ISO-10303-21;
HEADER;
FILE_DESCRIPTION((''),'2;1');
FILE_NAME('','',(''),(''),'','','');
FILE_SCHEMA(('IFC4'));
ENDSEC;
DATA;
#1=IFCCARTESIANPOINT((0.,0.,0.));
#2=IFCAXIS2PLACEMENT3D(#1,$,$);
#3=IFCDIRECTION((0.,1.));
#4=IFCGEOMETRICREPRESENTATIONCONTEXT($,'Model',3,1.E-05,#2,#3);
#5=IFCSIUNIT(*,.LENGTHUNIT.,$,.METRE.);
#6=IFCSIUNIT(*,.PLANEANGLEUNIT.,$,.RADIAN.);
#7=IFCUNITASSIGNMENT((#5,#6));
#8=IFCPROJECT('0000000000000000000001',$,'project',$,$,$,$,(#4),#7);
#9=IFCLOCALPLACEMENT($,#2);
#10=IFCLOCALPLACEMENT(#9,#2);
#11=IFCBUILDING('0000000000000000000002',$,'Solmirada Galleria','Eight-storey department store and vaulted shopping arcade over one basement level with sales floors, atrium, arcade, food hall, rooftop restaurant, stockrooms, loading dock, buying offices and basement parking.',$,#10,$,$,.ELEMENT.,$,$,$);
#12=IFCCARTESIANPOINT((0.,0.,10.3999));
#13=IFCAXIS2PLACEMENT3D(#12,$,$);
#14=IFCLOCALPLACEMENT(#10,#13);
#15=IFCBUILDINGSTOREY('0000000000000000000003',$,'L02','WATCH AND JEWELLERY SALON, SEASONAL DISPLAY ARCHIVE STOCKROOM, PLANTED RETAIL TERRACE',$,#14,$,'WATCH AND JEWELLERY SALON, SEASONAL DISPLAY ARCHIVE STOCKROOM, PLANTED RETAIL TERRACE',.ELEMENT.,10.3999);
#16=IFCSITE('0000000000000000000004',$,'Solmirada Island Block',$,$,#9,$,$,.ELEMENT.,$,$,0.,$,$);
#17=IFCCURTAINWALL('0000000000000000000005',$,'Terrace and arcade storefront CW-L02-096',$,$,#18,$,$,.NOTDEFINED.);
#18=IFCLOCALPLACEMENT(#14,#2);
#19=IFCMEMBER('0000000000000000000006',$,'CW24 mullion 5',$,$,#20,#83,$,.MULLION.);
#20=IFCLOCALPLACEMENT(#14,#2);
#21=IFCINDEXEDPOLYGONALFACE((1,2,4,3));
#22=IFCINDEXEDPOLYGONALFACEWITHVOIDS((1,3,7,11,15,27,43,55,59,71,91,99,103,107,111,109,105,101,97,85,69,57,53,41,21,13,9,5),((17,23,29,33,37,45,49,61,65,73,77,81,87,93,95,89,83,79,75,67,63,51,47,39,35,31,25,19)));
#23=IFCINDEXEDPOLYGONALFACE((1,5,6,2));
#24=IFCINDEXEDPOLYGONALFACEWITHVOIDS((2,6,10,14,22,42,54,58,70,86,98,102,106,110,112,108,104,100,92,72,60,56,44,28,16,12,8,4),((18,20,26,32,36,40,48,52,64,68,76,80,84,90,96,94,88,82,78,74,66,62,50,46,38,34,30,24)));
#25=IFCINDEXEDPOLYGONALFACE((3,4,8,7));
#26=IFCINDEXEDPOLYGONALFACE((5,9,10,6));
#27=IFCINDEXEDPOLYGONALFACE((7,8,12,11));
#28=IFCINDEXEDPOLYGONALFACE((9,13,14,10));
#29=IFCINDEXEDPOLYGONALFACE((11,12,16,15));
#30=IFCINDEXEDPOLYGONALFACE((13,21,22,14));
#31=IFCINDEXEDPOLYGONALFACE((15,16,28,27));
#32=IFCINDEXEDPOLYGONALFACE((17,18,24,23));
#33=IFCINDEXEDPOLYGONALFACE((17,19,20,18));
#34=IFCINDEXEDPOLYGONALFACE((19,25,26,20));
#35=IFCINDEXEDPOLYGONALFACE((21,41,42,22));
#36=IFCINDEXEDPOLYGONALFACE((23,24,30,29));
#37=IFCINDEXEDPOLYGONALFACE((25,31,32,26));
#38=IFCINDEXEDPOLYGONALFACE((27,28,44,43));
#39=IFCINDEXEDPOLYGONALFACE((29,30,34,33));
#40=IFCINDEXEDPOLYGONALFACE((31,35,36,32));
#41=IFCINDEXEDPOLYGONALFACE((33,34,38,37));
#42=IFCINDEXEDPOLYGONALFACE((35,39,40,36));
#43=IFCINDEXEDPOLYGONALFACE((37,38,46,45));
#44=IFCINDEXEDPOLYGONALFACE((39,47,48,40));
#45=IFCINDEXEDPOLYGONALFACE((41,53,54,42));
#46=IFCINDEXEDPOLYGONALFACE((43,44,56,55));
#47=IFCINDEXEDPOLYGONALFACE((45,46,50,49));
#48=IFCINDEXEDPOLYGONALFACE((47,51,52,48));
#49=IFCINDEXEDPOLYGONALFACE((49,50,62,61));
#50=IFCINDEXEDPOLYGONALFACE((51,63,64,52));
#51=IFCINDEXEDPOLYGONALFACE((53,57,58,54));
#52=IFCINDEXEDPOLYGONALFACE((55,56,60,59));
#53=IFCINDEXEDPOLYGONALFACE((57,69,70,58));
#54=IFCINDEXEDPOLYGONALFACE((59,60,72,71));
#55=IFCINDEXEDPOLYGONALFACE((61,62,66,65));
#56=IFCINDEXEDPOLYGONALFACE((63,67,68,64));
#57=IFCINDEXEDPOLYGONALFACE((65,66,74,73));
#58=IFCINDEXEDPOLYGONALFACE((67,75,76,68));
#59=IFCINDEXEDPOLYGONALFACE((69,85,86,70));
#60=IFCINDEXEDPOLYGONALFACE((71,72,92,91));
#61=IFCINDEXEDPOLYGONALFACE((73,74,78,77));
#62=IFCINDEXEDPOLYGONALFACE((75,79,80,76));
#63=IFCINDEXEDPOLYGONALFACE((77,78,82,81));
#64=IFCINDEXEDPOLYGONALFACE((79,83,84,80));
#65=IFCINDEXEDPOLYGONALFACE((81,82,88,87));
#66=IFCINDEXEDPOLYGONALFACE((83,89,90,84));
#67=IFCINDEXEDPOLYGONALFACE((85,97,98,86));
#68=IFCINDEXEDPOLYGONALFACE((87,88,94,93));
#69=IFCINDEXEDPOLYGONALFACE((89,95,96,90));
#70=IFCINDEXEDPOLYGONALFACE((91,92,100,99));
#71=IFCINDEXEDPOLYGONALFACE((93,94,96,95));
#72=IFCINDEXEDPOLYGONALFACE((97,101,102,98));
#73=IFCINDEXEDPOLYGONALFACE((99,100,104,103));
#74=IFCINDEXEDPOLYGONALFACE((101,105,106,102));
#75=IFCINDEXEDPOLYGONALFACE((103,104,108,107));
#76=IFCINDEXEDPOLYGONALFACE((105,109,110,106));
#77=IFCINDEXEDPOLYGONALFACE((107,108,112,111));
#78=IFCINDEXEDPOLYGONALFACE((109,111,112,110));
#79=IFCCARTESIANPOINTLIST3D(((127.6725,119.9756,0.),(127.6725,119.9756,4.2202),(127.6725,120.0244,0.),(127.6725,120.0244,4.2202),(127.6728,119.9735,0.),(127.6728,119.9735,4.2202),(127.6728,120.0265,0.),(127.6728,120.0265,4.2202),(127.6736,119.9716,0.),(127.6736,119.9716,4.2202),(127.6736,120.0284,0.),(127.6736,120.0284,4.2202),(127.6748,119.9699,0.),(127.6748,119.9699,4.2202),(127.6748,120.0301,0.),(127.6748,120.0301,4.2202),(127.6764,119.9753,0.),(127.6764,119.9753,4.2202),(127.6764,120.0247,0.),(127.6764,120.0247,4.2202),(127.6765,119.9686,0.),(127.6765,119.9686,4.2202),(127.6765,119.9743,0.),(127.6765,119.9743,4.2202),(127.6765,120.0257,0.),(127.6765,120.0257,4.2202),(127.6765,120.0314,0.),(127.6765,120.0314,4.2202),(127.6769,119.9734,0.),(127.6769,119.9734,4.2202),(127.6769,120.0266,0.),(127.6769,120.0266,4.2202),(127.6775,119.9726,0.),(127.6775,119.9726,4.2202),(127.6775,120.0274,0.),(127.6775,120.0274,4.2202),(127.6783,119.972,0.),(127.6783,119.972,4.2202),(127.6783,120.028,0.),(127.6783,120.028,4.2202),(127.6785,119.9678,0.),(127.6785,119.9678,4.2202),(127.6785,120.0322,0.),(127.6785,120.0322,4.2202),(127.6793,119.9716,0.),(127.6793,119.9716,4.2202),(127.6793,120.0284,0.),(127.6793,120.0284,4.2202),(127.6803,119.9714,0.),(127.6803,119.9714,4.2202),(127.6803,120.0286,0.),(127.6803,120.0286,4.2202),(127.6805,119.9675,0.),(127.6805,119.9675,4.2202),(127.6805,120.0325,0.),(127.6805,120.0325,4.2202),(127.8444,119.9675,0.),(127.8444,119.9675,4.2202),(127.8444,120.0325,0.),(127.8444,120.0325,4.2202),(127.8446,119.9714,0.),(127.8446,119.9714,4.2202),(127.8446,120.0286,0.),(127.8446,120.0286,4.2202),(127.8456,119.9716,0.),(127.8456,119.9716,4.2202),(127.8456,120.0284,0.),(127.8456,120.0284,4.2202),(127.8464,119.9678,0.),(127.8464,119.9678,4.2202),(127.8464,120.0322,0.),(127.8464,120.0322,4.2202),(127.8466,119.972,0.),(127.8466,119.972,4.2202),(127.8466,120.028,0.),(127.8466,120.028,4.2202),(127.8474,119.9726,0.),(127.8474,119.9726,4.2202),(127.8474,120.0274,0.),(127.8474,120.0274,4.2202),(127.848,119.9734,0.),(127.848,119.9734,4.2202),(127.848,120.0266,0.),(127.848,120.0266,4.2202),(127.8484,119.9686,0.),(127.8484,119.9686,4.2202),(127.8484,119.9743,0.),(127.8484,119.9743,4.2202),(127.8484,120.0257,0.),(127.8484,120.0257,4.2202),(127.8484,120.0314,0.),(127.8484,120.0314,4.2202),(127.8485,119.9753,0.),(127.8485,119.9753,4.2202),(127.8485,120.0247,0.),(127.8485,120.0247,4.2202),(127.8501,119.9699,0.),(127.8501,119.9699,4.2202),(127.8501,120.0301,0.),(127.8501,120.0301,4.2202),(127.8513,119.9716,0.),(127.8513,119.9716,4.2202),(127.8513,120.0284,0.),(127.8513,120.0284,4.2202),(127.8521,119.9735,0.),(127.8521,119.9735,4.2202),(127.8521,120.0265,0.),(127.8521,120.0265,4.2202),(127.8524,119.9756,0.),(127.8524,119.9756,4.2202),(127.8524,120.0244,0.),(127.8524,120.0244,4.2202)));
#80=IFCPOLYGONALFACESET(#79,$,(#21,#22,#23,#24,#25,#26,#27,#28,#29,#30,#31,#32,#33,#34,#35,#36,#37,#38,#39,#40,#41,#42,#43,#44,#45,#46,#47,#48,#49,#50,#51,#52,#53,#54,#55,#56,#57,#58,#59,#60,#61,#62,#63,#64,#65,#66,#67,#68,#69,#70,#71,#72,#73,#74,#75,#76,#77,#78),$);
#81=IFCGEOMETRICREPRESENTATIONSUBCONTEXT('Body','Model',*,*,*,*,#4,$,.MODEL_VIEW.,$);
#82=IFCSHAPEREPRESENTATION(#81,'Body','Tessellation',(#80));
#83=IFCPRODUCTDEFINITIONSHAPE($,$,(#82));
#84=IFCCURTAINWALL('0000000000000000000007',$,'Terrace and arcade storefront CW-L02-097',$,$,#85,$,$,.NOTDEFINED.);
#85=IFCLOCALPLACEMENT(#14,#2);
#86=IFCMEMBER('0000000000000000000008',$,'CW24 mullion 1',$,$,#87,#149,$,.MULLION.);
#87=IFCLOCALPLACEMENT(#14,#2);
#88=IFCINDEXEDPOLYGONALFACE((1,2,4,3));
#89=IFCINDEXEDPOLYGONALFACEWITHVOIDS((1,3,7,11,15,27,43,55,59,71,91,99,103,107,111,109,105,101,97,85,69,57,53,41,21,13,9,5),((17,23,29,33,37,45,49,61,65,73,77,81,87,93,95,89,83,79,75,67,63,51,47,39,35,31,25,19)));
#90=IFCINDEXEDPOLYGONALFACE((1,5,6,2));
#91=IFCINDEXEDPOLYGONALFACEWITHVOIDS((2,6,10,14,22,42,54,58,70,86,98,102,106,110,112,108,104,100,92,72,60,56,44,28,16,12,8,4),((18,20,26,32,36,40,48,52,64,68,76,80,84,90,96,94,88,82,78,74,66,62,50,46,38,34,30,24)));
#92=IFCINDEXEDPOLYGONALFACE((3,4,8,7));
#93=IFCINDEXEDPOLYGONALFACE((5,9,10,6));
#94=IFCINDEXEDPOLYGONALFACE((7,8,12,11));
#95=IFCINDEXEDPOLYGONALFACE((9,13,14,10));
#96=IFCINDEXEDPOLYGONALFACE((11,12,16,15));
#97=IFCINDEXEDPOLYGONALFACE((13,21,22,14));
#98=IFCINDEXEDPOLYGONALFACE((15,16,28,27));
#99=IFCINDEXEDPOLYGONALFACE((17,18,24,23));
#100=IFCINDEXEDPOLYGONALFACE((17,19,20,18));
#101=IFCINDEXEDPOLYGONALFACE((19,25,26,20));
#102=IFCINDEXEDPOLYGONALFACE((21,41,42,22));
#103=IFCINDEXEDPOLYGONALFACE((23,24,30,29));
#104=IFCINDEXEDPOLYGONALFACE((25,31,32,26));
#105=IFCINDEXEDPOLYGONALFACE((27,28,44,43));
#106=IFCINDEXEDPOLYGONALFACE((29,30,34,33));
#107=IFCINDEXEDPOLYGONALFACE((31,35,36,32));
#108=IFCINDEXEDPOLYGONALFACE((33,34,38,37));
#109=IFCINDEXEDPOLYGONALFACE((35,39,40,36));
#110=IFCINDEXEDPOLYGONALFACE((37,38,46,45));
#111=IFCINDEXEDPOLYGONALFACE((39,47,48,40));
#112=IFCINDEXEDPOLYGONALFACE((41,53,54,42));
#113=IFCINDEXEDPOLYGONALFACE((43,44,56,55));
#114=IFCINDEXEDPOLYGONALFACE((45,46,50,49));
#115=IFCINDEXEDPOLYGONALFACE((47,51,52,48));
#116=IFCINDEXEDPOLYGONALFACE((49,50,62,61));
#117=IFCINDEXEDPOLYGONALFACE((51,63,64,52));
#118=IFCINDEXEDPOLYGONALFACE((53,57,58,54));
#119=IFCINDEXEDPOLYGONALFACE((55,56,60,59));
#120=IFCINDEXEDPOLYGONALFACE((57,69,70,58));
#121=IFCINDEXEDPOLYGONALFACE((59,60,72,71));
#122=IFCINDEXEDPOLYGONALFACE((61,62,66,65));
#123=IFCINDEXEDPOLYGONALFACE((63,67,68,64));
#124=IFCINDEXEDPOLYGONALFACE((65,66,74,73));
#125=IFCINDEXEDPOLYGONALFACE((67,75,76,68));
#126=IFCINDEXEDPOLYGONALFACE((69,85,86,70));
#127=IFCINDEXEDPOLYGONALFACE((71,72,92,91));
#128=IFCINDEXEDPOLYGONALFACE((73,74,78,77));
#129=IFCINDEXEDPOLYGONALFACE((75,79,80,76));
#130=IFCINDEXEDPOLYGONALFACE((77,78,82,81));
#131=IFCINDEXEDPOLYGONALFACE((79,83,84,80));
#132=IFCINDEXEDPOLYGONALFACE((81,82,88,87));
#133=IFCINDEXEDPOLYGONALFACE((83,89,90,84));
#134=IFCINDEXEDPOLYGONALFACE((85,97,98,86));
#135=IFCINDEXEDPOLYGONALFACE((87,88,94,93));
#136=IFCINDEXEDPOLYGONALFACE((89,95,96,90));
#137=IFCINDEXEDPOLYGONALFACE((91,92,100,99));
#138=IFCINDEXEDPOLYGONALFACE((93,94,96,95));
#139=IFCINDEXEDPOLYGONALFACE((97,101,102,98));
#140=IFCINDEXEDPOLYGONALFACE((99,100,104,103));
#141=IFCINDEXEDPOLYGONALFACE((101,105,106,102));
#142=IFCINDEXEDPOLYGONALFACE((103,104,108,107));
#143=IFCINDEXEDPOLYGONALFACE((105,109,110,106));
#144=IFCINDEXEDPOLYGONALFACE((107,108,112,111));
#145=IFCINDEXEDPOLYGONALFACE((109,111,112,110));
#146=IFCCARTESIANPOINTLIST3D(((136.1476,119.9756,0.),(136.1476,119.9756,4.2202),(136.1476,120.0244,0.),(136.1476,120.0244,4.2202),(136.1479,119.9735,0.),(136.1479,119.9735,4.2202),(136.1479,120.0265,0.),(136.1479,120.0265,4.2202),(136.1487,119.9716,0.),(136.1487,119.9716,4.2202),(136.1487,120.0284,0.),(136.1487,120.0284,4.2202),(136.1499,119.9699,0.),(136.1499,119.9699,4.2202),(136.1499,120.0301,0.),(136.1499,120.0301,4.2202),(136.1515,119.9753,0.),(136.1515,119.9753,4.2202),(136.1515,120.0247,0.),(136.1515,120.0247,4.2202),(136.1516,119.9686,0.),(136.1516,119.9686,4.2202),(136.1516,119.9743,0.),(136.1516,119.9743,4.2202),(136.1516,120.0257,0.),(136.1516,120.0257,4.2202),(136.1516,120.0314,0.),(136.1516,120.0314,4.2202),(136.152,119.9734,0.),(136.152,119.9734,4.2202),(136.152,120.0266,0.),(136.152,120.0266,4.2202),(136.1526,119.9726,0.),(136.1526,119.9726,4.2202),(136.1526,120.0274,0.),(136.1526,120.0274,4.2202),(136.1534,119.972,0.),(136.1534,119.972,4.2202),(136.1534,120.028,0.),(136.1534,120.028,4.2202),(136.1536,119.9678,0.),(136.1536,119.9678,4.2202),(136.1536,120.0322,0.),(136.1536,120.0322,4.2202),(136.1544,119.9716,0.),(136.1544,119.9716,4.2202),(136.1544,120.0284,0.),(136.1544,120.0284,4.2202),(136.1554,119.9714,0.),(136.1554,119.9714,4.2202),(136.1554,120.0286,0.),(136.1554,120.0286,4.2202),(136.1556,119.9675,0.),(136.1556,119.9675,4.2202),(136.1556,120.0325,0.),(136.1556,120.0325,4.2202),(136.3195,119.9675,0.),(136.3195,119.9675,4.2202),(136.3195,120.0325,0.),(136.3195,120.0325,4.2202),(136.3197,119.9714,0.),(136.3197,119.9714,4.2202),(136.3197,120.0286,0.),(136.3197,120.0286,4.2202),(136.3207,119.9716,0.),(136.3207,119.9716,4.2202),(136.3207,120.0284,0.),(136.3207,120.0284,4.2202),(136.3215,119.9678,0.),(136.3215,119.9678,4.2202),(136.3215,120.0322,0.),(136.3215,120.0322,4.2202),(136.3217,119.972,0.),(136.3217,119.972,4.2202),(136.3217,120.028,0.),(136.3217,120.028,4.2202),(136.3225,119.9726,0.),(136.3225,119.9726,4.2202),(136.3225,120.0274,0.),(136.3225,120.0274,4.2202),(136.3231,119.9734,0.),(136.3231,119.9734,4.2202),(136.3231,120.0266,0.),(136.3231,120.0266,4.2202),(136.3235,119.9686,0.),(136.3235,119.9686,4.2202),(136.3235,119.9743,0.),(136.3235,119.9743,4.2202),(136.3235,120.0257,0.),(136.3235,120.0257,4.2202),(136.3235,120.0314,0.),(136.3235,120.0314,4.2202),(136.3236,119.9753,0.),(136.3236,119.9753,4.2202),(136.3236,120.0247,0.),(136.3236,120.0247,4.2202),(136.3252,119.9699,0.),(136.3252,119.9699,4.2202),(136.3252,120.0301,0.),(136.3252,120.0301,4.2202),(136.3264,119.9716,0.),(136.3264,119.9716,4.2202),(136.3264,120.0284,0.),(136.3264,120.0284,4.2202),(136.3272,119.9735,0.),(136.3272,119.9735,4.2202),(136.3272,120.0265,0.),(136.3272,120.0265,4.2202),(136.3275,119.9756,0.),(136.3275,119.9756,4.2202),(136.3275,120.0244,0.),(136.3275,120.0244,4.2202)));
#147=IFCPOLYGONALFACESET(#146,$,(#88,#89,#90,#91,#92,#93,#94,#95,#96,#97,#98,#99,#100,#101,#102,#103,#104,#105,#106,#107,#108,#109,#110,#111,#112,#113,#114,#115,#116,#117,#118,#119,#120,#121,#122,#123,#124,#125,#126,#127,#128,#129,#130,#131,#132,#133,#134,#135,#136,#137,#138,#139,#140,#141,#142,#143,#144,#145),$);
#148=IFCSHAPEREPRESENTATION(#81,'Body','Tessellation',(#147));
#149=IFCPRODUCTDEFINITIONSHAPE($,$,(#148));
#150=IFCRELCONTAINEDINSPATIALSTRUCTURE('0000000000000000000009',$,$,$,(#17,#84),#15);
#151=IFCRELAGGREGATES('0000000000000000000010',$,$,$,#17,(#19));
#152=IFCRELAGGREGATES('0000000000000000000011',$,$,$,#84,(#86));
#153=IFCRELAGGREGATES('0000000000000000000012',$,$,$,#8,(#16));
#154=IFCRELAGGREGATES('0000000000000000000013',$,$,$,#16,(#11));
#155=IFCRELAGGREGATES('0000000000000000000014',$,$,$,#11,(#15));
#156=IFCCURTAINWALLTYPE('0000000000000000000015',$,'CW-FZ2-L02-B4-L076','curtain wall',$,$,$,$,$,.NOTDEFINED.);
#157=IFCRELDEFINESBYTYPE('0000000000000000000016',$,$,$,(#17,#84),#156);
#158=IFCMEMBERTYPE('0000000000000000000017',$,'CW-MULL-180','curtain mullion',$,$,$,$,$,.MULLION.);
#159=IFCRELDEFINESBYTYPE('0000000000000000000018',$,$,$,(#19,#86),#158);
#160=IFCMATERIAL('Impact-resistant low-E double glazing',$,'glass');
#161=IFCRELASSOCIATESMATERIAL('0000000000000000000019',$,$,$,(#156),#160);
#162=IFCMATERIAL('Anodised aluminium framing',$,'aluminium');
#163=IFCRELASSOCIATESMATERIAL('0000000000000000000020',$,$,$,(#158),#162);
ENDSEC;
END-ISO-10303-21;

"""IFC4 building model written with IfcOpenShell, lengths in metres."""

from ifc_helpers import new_model, si_unit, direction, frame, origin, origin_2d, place, context, subcontext, project, spatial, hollow_rectangle, extrude, material, material_profile, profile_set, type_object, element, aggregate, save


model = new_model("IFC4")

# Units and contexts
model_context = context("Model", 3, precision=1e-05, world=origin(), true_north=direction((0.0, 1.0)))
body_context = subcontext(model_context, "Body", "Model", "MODEL_VIEW")
ifc_project = project(units=[si_unit("LENGTHUNIT", "METRE"), si_unit("PLANEANGLEUNIT", "RADIAN")], contexts=[model_context])

# Site, building, storey
site_placement = place(None, origin())
site = spatial("IfcSite", under=ifc_project, at=site_placement, Name="Solmirada Island Block", CompositionType="ELEMENT", RefElevation=0.0)
building_placement = place(site_placement, origin())
building = spatial("IfcBuilding", under=site, at=building_placement, Name="Solmirada Galleria", Description="Eight-storey department store and vaulted shopping arcade over one basement level with sales floors, atrium, arcade, food hall, rooftop restaurant, stockrooms, loading dock, buying offices and basement parking.", CompositionType="ELEMENT")
storey_placement = place(building_placement, frame((0.0, 0.0, 10.3999)))
storey = spatial("IfcBuildingStorey", under=building, at=storey_placement, Name="L02", Description="WATCH AND JEWELLERY SALON, SEASONAL DISPLAY ARCHIVE STOCKROOM, PLANTED RETAIL TERRACE", LongName="WATCH AND JEWELLERY SALON, SEASONAL DISPLAY ARCHIVE STOCKROOM, PLANTED RETAIL TERRACE", CompositionType="ELEMENT", Elevation=10.3999)

# Curtain wall, member
ifc_material_1 = material(Name="Impact-resistant low-E double glazing", Category="glass")
curtain_wall_type = type_object("IfcCurtainWallType", Name="CW-FZ2-L02-B4-L076", Description="curtain wall", PredefinedType="NOTDEFINED", material=ifc_material_1)
curtain_wall_1_placement = place(storey_placement, origin())
curtain_wall_1 = element("IfcCurtainWall", 1, at=curtain_wall_1_placement, inside=storey, type_object=curtain_wall_type, Name="Terrace and arcade storefront CW-L02-096", PredefinedType="NOTDEFINED")
ifc_material_2 = material(Name="Anodised aluminium framing", Category="aluminium")
ifc_material_profile_1 = material_profile(ifc_material_2, hollow_rectangle(XDim=0.0649, YDim=0.1799, WallThickness=0.0039, InnerFilletRadius=0.0039, OuterFilletRadius=0.0081, at=origin_2d()), Name="ALU-MULL-180X65")
ifc_profile_set_1 = profile_set([ifc_material_profile_1], Name="Anodised aluminium framing")
member_type_1 = type_object("IfcMemberType", Name="CW-MULL-180", Description="curtain mullion", PredefinedType="MULLION", material=ifc_profile_set_1)
member_1_placement = place(storey_placement, frame((127.7625, 120.0, 0.0), z_axis=(0.0, 0.0, 1.0), x_axis=(0.0, 1.0, 0.0)))
member_1 = element("IfcMember", 2, at=member_1_placement, type_object=member_type_1, Name="CW24 mullion 5", PredefinedType="MULLION", context=body_context, shape_type="SweptSolid", body=[
    extrude(hollow_rectangle(XDim=0.0649, YDim=0.1799, WallThickness=0.0039, InnerFilletRadius=0.0039, OuterFilletRadius=0.0081, at=origin_2d()), origin(), (0.0, 0.0, 1.0), 4.2202),
])
aggregate(curtain_wall_1, [member_1])

# Curtain wall, member
curtain_wall_2_placement = place(storey_placement, origin())
curtain_wall_2 = element("IfcCurtainWall", 3, at=curtain_wall_2_placement, inside=storey, type_object=curtain_wall_type, Name="Terrace and arcade storefront CW-L02-097", PredefinedType="NOTDEFINED")
member_2_placement = place(storey_placement, frame((136.2375, 120.0, 0.0), z_axis=(0.0, 0.0, 1.0), x_axis=(0.0, 1.0, 0.0)))
member_2 = element("IfcMember", 4, at=member_2_placement, type_object=member_type_1, Name="CW24 mullion 1", PredefinedType="MULLION", context=body_context, shape_type="SweptSolid", body=[
    extrude(hollow_rectangle(XDim=0.0649, YDim=0.1799, WallThickness=0.0039, InnerFilletRadius=0.0039, OuterFilletRadius=0.0081, at=origin_2d()), origin(), (0.0, 0.0, 1.0), 4.2202),
])
aggregate(curtain_wall_2, [member_2])

save(model, "model.ifc")
